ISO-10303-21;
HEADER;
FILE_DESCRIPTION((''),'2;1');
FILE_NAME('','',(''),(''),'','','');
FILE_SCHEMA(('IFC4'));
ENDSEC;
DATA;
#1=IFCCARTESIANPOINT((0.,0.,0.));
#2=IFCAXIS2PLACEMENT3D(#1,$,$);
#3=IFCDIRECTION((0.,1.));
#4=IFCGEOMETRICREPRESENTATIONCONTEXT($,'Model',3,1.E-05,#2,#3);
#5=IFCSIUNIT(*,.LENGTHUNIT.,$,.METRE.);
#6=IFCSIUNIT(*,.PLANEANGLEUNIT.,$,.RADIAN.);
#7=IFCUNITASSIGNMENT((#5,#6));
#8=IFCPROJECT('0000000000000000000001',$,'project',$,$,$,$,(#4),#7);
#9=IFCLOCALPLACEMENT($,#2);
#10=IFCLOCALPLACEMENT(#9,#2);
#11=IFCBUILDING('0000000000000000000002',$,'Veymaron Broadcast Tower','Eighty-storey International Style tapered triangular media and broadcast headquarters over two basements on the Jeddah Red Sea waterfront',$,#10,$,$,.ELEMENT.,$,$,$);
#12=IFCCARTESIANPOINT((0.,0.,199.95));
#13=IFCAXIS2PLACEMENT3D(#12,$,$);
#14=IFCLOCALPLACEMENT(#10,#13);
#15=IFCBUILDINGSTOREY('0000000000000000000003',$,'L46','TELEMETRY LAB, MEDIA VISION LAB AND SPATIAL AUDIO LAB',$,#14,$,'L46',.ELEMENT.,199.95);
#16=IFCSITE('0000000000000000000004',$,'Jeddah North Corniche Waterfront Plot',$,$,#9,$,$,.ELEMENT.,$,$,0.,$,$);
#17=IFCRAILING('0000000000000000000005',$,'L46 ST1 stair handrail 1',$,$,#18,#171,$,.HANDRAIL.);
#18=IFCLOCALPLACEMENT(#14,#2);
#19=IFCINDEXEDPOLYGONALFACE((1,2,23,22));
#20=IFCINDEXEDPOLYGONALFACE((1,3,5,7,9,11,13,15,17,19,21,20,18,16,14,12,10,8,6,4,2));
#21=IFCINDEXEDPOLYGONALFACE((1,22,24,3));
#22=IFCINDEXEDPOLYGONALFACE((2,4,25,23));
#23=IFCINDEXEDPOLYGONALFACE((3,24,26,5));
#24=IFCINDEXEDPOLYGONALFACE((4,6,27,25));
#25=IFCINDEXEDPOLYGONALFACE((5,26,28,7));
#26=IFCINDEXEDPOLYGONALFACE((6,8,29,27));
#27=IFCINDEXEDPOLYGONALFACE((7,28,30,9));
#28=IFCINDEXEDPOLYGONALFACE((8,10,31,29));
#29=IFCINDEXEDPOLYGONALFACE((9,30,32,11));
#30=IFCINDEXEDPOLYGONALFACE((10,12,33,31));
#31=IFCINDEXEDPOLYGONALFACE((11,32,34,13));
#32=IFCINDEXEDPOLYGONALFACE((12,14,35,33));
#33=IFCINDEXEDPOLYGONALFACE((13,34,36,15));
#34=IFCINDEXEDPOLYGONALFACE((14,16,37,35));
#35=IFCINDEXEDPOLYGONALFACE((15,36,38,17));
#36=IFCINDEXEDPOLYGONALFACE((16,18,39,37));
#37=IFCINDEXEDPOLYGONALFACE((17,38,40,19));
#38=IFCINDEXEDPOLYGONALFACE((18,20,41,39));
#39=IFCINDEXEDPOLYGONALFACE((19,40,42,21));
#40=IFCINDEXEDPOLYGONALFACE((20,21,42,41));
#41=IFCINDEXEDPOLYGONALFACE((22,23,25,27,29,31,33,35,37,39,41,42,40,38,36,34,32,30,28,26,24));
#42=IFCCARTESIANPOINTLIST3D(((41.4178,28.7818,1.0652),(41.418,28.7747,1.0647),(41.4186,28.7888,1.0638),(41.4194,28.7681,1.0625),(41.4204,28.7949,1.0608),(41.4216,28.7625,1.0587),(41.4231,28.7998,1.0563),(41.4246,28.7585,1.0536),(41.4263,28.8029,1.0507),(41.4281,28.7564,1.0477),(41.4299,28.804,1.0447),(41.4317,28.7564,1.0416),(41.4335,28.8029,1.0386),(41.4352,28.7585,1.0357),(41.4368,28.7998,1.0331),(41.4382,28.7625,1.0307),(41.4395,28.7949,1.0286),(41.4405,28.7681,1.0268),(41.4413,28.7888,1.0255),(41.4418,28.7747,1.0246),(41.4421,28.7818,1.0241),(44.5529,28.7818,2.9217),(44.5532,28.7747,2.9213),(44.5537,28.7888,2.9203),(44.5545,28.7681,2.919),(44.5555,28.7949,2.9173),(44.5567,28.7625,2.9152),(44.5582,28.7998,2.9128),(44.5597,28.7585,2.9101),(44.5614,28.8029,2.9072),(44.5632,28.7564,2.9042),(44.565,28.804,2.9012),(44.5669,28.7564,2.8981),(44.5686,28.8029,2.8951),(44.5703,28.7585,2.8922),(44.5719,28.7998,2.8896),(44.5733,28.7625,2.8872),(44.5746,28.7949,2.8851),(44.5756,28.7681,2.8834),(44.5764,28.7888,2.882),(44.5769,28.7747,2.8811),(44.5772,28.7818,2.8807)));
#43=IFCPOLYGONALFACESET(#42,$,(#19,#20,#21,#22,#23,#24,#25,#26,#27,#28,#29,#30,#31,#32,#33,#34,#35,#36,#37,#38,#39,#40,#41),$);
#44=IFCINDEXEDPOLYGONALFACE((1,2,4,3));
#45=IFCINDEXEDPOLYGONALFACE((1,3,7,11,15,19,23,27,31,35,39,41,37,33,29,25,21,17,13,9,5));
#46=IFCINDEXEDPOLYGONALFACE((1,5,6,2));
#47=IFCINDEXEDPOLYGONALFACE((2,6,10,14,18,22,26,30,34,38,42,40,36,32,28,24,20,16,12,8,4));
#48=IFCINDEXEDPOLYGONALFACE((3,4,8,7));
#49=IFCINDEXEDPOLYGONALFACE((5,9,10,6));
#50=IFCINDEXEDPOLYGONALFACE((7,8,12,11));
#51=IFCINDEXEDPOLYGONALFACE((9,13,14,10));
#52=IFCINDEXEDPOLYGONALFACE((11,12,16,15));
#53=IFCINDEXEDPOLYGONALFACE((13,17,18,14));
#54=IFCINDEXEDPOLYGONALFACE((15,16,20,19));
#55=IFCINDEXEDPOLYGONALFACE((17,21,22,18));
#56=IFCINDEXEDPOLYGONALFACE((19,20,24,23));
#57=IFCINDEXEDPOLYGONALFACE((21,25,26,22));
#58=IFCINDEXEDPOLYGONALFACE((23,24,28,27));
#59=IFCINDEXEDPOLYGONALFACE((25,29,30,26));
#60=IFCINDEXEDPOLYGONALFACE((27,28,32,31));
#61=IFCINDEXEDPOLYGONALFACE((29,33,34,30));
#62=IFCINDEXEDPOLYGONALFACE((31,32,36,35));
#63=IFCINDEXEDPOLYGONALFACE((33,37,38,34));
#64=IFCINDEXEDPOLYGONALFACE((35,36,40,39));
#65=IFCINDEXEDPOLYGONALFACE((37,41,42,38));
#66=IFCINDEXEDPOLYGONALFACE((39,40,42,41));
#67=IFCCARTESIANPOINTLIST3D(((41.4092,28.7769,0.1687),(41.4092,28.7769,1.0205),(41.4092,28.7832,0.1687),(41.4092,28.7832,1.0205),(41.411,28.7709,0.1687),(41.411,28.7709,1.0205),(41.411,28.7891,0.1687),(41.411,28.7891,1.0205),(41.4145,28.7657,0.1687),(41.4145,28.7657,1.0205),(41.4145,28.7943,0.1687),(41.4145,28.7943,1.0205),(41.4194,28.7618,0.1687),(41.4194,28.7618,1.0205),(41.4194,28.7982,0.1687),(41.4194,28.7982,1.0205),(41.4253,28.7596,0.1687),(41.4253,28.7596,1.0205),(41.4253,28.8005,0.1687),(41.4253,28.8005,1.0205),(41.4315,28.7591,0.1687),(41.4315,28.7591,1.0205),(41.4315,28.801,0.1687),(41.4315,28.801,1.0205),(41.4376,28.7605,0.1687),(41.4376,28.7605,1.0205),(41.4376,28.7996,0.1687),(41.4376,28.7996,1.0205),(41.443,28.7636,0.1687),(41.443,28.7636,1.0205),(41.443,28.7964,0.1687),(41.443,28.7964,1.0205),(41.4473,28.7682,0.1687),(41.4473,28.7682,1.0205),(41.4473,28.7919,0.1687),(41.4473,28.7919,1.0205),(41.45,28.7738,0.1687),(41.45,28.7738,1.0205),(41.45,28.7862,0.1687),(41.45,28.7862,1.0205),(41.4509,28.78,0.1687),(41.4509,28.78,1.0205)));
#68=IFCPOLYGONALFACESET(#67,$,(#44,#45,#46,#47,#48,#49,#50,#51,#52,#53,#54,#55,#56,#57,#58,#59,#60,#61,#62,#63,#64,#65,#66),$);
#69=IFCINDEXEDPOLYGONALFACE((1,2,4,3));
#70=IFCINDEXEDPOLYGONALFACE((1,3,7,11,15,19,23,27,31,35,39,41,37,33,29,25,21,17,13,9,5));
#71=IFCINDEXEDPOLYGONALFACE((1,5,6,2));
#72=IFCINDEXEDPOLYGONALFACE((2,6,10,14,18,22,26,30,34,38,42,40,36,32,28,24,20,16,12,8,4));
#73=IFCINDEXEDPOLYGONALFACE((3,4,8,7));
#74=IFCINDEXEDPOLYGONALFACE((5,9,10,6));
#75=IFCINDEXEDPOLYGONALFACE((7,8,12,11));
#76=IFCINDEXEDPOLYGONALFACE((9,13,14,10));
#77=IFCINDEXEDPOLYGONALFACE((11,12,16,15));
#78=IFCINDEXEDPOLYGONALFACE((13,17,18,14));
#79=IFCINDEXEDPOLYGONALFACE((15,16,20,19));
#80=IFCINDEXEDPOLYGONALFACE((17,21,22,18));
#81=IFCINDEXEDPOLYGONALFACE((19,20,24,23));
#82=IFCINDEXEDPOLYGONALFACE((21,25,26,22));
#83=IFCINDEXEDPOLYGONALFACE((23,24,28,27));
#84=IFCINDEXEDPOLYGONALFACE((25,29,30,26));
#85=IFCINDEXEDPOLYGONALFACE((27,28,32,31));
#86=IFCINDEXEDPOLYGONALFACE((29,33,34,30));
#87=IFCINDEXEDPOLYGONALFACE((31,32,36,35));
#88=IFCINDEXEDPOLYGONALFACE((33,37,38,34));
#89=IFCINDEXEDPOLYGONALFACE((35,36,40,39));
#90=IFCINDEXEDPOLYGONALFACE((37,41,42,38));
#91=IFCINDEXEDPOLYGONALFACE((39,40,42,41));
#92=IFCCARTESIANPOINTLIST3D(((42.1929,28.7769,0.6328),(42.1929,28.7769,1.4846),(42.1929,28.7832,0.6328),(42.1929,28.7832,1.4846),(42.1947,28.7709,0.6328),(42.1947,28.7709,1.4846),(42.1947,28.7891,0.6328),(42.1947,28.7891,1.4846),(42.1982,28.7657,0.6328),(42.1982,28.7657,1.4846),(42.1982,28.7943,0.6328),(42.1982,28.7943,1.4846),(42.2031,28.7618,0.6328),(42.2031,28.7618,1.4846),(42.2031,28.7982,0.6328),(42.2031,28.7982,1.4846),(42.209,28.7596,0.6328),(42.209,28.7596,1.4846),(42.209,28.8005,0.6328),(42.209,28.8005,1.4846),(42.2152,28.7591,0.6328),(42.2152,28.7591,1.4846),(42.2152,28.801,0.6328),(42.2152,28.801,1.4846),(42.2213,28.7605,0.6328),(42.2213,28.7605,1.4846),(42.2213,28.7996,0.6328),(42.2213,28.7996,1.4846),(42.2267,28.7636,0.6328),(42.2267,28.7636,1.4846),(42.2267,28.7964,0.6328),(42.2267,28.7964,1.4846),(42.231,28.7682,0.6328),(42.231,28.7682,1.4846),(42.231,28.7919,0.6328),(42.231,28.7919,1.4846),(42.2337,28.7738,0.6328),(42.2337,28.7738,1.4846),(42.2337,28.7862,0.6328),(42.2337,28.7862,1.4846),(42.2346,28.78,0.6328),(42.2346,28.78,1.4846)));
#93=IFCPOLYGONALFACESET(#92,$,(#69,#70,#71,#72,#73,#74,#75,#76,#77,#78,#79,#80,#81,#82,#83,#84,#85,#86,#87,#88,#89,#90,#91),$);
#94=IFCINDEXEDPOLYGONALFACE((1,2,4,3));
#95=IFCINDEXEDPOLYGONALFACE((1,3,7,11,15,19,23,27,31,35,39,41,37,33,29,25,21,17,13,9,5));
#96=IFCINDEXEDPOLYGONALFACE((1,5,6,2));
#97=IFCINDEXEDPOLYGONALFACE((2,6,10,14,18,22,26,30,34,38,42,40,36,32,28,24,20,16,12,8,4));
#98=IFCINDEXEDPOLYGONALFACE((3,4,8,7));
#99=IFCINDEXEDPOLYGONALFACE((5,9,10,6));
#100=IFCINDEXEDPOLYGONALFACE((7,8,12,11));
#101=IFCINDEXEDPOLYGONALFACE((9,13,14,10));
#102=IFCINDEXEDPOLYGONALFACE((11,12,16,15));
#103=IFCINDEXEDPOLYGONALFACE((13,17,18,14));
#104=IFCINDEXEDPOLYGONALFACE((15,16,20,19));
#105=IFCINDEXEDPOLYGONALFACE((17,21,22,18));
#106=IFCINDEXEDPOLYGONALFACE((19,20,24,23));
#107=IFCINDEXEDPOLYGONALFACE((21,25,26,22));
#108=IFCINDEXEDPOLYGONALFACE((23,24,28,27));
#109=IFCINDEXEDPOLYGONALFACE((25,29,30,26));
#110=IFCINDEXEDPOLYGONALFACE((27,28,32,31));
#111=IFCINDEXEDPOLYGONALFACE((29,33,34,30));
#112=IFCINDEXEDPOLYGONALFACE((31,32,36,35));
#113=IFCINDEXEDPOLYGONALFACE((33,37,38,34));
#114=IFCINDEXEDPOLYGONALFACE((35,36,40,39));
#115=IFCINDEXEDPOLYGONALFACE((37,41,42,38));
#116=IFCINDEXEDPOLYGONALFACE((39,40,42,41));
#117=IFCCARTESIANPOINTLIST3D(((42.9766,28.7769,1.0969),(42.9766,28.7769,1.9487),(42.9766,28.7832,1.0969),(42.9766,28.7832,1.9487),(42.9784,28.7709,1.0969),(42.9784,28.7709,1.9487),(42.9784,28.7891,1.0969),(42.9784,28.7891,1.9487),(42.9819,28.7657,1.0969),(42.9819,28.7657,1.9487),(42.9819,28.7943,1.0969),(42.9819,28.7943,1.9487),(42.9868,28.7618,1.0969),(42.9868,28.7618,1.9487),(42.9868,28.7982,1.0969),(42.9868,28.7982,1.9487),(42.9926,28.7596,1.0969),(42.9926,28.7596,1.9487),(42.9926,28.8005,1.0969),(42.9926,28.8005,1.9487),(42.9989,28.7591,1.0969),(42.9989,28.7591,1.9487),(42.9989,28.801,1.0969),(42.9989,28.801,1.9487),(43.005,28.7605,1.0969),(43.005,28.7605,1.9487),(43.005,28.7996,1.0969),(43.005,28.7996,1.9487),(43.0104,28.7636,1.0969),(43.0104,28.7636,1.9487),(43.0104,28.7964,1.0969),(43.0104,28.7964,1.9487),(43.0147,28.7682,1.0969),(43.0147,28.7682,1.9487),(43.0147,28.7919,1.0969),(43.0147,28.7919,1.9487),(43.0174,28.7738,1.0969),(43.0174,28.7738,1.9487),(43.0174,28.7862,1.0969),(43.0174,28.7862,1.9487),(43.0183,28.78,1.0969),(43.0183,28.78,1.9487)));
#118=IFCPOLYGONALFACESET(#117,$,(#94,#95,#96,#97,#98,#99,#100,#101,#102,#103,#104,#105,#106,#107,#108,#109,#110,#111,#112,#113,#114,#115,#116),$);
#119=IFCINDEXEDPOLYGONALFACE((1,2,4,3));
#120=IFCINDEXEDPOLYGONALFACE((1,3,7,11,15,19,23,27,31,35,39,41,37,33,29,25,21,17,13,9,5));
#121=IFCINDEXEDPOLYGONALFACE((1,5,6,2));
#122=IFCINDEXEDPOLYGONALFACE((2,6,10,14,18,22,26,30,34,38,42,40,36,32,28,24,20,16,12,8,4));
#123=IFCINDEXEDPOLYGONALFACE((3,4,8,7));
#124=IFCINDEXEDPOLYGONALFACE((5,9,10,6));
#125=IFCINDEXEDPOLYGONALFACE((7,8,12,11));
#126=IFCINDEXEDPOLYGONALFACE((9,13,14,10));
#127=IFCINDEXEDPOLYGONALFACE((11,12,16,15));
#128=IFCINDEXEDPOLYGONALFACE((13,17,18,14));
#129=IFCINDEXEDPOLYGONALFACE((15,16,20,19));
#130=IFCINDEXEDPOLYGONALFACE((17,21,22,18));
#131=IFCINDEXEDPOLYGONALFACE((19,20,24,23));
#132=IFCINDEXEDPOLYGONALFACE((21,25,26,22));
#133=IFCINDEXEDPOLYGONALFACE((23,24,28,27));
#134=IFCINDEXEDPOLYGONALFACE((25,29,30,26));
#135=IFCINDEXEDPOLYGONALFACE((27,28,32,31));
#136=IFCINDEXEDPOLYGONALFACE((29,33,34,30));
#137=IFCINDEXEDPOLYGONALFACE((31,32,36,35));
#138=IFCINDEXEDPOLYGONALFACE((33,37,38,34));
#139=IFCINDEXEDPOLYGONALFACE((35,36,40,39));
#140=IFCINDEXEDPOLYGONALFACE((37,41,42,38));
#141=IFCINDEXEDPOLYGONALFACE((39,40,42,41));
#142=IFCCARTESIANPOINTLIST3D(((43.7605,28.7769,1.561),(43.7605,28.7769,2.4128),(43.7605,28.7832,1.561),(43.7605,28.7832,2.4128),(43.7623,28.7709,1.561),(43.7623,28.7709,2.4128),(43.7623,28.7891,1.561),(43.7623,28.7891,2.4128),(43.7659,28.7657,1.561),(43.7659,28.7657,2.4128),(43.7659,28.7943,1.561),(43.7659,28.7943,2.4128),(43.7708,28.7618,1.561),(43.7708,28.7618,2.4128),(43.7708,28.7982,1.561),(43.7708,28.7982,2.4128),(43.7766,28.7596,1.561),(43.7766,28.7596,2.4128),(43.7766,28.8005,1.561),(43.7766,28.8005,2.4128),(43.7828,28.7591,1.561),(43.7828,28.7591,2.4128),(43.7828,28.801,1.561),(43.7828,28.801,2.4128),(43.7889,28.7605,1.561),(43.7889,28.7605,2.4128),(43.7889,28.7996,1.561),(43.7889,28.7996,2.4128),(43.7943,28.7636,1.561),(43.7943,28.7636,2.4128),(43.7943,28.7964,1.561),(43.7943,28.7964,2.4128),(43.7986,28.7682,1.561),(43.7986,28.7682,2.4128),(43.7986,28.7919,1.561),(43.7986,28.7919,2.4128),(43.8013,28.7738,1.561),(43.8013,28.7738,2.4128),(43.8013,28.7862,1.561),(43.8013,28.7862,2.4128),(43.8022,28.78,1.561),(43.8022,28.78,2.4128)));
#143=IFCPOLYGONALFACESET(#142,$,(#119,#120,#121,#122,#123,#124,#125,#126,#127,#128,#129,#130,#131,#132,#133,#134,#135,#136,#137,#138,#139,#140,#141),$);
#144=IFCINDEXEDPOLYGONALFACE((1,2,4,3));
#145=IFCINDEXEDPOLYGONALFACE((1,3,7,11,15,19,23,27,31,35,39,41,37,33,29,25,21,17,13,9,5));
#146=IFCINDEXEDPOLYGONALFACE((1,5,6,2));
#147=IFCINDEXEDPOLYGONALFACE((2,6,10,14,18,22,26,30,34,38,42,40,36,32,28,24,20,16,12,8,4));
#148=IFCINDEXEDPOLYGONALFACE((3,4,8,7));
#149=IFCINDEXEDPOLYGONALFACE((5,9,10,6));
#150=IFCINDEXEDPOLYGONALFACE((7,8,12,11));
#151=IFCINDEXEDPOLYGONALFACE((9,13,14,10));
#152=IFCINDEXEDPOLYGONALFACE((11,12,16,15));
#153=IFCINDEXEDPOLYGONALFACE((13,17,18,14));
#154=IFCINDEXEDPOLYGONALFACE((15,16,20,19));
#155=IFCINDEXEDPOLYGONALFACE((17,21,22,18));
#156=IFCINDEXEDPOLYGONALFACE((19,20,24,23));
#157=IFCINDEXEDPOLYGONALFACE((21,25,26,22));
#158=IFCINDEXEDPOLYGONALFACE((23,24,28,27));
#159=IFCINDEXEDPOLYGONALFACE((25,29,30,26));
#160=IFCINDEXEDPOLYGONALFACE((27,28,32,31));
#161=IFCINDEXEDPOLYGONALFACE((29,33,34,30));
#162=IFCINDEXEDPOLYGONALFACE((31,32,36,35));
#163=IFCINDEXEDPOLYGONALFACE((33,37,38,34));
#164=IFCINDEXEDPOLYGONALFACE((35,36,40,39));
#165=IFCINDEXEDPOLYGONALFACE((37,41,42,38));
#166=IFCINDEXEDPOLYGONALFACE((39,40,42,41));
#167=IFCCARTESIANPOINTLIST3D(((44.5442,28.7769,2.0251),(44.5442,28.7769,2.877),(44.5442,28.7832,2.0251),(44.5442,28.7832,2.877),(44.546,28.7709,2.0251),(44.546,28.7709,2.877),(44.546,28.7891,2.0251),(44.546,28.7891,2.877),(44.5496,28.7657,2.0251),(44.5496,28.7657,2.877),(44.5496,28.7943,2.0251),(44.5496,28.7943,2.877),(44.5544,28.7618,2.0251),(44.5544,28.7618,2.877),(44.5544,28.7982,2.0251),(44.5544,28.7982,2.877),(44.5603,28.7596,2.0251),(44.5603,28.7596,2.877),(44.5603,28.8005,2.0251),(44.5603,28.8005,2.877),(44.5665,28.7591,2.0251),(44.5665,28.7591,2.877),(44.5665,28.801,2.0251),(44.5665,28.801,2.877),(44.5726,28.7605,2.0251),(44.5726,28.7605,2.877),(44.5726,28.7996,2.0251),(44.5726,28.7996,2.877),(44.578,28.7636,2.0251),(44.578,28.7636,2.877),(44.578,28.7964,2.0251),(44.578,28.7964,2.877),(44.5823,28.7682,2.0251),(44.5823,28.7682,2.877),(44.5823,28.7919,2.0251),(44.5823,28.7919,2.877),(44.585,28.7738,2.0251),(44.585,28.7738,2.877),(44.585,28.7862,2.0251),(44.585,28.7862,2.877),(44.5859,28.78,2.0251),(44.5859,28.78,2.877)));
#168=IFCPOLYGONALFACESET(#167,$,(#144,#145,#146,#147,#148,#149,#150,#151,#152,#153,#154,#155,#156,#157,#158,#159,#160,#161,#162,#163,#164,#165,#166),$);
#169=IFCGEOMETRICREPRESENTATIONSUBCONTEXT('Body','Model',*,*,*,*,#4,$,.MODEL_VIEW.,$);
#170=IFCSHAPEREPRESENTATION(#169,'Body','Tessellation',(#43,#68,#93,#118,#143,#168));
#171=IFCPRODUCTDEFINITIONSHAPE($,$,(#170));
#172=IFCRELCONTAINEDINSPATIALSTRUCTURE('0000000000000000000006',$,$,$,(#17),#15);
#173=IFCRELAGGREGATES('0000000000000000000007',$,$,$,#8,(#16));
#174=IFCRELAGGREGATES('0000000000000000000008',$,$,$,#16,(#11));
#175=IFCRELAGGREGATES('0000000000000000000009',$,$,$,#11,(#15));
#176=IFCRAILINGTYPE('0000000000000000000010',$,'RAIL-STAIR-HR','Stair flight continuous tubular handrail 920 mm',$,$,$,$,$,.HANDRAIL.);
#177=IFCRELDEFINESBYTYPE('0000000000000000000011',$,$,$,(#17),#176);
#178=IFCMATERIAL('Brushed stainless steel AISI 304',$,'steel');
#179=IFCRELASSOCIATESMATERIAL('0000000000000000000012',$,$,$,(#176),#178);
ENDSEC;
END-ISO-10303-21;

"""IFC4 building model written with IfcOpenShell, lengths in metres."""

from ifc_helpers import new_model, si_unit, direction, frame, origin, origin_2d, place, context, subcontext, project, spatial, circle, extrude, material, type_object, element, save


model = new_model("IFC4")

# Units and contexts
model_context = context("Model", 3, precision=1e-05, world=origin(), true_north=direction((0.0, 1.0)))
body_context = subcontext(model_context, "Body", "Model", "MODEL_VIEW")
ifc_project = project(units=[si_unit("LENGTHUNIT", "METRE"), si_unit("PLANEANGLEUNIT", "RADIAN")], contexts=[model_context])

# Site, building, storey
site_placement = place(None, origin())
site = spatial("IfcSite", under=ifc_project, at=site_placement, Name="Jeddah North Corniche Waterfront Plot", CompositionType="ELEMENT", RefElevation=0.0)
building_placement = place(site_placement, origin())
building = spatial("IfcBuilding", under=site, at=building_placement, Name="Veymaron Broadcast Tower", Description="Eighty-storey International Style tapered triangular media and broadcast headquarters over two basements on the Jeddah Red Sea waterfront", CompositionType="ELEMENT")
storey_placement = place(building_placement, frame((0.0, 0.0, 199.95)))
storey = spatial("IfcBuildingStorey", under=building, at=storey_placement, Name="L46", Description="TELEMETRY LAB, MEDIA VISION LAB AND SPATIAL AUDIO LAB", LongName="L46", CompositionType="ELEMENT", Elevation=199.95)

# Shared definitions
ifc_material_1 = material(Name="Brushed stainless steel AISI 304", Category="steel")

# Railing
railing_type_1 = type_object("IfcRailingType", Name="RAIL-STAIR-HR", Description="Stair flight continuous tubular handrail 920 mm", PredefinedType="HANDRAIL", material=ifc_material_1)
railing_1_placement = place(storey_placement, frame((41.4299, 28.78, 0.1687)))
element("IfcRailing", 1, at=railing_1_placement, inside=storey, type_object=railing_type_1, Name="L46 ST1 stair handrail 1", PredefinedType="HANDRAIL", context=body_context, shape_type="SweptSolid", body=[
    extrude(circle(Radius=0.0239, at=origin_2d()), frame((0.0, 0.0, 0.876), z_axis=(0.860453, 0.0, 0.509531), x_axis=(0.0, 1.0, 0.0)), (0.0, 0.0, 1.0), 3.6436),
    extrude(circle(Radius=0.021, at=origin_2d()), origin(), (0.0, 0.0, 1.0), 0.8518),
    extrude(circle(Radius=0.021, at=origin_2d()), frame((0.7837, 0.0, 0.4641)), (0.0, 0.0, 1.0), 0.8518),
    extrude(circle(Radius=0.021, at=origin_2d()), frame((1.5674, 0.0, 0.9282)), (0.0, 0.0, 1.0), 0.8518),
    extrude(circle(Radius=0.021, at=origin_2d()), frame((2.3513, 0.0, 1.3923)), (0.0, 0.0, 1.0), 0.8518),
    extrude(circle(Radius=0.021, at=origin_2d()), frame((3.135, 0.0, 1.8564)), (0.0, 0.0, 1.0), 0.8518),
])

save(model, "model.ifc")
